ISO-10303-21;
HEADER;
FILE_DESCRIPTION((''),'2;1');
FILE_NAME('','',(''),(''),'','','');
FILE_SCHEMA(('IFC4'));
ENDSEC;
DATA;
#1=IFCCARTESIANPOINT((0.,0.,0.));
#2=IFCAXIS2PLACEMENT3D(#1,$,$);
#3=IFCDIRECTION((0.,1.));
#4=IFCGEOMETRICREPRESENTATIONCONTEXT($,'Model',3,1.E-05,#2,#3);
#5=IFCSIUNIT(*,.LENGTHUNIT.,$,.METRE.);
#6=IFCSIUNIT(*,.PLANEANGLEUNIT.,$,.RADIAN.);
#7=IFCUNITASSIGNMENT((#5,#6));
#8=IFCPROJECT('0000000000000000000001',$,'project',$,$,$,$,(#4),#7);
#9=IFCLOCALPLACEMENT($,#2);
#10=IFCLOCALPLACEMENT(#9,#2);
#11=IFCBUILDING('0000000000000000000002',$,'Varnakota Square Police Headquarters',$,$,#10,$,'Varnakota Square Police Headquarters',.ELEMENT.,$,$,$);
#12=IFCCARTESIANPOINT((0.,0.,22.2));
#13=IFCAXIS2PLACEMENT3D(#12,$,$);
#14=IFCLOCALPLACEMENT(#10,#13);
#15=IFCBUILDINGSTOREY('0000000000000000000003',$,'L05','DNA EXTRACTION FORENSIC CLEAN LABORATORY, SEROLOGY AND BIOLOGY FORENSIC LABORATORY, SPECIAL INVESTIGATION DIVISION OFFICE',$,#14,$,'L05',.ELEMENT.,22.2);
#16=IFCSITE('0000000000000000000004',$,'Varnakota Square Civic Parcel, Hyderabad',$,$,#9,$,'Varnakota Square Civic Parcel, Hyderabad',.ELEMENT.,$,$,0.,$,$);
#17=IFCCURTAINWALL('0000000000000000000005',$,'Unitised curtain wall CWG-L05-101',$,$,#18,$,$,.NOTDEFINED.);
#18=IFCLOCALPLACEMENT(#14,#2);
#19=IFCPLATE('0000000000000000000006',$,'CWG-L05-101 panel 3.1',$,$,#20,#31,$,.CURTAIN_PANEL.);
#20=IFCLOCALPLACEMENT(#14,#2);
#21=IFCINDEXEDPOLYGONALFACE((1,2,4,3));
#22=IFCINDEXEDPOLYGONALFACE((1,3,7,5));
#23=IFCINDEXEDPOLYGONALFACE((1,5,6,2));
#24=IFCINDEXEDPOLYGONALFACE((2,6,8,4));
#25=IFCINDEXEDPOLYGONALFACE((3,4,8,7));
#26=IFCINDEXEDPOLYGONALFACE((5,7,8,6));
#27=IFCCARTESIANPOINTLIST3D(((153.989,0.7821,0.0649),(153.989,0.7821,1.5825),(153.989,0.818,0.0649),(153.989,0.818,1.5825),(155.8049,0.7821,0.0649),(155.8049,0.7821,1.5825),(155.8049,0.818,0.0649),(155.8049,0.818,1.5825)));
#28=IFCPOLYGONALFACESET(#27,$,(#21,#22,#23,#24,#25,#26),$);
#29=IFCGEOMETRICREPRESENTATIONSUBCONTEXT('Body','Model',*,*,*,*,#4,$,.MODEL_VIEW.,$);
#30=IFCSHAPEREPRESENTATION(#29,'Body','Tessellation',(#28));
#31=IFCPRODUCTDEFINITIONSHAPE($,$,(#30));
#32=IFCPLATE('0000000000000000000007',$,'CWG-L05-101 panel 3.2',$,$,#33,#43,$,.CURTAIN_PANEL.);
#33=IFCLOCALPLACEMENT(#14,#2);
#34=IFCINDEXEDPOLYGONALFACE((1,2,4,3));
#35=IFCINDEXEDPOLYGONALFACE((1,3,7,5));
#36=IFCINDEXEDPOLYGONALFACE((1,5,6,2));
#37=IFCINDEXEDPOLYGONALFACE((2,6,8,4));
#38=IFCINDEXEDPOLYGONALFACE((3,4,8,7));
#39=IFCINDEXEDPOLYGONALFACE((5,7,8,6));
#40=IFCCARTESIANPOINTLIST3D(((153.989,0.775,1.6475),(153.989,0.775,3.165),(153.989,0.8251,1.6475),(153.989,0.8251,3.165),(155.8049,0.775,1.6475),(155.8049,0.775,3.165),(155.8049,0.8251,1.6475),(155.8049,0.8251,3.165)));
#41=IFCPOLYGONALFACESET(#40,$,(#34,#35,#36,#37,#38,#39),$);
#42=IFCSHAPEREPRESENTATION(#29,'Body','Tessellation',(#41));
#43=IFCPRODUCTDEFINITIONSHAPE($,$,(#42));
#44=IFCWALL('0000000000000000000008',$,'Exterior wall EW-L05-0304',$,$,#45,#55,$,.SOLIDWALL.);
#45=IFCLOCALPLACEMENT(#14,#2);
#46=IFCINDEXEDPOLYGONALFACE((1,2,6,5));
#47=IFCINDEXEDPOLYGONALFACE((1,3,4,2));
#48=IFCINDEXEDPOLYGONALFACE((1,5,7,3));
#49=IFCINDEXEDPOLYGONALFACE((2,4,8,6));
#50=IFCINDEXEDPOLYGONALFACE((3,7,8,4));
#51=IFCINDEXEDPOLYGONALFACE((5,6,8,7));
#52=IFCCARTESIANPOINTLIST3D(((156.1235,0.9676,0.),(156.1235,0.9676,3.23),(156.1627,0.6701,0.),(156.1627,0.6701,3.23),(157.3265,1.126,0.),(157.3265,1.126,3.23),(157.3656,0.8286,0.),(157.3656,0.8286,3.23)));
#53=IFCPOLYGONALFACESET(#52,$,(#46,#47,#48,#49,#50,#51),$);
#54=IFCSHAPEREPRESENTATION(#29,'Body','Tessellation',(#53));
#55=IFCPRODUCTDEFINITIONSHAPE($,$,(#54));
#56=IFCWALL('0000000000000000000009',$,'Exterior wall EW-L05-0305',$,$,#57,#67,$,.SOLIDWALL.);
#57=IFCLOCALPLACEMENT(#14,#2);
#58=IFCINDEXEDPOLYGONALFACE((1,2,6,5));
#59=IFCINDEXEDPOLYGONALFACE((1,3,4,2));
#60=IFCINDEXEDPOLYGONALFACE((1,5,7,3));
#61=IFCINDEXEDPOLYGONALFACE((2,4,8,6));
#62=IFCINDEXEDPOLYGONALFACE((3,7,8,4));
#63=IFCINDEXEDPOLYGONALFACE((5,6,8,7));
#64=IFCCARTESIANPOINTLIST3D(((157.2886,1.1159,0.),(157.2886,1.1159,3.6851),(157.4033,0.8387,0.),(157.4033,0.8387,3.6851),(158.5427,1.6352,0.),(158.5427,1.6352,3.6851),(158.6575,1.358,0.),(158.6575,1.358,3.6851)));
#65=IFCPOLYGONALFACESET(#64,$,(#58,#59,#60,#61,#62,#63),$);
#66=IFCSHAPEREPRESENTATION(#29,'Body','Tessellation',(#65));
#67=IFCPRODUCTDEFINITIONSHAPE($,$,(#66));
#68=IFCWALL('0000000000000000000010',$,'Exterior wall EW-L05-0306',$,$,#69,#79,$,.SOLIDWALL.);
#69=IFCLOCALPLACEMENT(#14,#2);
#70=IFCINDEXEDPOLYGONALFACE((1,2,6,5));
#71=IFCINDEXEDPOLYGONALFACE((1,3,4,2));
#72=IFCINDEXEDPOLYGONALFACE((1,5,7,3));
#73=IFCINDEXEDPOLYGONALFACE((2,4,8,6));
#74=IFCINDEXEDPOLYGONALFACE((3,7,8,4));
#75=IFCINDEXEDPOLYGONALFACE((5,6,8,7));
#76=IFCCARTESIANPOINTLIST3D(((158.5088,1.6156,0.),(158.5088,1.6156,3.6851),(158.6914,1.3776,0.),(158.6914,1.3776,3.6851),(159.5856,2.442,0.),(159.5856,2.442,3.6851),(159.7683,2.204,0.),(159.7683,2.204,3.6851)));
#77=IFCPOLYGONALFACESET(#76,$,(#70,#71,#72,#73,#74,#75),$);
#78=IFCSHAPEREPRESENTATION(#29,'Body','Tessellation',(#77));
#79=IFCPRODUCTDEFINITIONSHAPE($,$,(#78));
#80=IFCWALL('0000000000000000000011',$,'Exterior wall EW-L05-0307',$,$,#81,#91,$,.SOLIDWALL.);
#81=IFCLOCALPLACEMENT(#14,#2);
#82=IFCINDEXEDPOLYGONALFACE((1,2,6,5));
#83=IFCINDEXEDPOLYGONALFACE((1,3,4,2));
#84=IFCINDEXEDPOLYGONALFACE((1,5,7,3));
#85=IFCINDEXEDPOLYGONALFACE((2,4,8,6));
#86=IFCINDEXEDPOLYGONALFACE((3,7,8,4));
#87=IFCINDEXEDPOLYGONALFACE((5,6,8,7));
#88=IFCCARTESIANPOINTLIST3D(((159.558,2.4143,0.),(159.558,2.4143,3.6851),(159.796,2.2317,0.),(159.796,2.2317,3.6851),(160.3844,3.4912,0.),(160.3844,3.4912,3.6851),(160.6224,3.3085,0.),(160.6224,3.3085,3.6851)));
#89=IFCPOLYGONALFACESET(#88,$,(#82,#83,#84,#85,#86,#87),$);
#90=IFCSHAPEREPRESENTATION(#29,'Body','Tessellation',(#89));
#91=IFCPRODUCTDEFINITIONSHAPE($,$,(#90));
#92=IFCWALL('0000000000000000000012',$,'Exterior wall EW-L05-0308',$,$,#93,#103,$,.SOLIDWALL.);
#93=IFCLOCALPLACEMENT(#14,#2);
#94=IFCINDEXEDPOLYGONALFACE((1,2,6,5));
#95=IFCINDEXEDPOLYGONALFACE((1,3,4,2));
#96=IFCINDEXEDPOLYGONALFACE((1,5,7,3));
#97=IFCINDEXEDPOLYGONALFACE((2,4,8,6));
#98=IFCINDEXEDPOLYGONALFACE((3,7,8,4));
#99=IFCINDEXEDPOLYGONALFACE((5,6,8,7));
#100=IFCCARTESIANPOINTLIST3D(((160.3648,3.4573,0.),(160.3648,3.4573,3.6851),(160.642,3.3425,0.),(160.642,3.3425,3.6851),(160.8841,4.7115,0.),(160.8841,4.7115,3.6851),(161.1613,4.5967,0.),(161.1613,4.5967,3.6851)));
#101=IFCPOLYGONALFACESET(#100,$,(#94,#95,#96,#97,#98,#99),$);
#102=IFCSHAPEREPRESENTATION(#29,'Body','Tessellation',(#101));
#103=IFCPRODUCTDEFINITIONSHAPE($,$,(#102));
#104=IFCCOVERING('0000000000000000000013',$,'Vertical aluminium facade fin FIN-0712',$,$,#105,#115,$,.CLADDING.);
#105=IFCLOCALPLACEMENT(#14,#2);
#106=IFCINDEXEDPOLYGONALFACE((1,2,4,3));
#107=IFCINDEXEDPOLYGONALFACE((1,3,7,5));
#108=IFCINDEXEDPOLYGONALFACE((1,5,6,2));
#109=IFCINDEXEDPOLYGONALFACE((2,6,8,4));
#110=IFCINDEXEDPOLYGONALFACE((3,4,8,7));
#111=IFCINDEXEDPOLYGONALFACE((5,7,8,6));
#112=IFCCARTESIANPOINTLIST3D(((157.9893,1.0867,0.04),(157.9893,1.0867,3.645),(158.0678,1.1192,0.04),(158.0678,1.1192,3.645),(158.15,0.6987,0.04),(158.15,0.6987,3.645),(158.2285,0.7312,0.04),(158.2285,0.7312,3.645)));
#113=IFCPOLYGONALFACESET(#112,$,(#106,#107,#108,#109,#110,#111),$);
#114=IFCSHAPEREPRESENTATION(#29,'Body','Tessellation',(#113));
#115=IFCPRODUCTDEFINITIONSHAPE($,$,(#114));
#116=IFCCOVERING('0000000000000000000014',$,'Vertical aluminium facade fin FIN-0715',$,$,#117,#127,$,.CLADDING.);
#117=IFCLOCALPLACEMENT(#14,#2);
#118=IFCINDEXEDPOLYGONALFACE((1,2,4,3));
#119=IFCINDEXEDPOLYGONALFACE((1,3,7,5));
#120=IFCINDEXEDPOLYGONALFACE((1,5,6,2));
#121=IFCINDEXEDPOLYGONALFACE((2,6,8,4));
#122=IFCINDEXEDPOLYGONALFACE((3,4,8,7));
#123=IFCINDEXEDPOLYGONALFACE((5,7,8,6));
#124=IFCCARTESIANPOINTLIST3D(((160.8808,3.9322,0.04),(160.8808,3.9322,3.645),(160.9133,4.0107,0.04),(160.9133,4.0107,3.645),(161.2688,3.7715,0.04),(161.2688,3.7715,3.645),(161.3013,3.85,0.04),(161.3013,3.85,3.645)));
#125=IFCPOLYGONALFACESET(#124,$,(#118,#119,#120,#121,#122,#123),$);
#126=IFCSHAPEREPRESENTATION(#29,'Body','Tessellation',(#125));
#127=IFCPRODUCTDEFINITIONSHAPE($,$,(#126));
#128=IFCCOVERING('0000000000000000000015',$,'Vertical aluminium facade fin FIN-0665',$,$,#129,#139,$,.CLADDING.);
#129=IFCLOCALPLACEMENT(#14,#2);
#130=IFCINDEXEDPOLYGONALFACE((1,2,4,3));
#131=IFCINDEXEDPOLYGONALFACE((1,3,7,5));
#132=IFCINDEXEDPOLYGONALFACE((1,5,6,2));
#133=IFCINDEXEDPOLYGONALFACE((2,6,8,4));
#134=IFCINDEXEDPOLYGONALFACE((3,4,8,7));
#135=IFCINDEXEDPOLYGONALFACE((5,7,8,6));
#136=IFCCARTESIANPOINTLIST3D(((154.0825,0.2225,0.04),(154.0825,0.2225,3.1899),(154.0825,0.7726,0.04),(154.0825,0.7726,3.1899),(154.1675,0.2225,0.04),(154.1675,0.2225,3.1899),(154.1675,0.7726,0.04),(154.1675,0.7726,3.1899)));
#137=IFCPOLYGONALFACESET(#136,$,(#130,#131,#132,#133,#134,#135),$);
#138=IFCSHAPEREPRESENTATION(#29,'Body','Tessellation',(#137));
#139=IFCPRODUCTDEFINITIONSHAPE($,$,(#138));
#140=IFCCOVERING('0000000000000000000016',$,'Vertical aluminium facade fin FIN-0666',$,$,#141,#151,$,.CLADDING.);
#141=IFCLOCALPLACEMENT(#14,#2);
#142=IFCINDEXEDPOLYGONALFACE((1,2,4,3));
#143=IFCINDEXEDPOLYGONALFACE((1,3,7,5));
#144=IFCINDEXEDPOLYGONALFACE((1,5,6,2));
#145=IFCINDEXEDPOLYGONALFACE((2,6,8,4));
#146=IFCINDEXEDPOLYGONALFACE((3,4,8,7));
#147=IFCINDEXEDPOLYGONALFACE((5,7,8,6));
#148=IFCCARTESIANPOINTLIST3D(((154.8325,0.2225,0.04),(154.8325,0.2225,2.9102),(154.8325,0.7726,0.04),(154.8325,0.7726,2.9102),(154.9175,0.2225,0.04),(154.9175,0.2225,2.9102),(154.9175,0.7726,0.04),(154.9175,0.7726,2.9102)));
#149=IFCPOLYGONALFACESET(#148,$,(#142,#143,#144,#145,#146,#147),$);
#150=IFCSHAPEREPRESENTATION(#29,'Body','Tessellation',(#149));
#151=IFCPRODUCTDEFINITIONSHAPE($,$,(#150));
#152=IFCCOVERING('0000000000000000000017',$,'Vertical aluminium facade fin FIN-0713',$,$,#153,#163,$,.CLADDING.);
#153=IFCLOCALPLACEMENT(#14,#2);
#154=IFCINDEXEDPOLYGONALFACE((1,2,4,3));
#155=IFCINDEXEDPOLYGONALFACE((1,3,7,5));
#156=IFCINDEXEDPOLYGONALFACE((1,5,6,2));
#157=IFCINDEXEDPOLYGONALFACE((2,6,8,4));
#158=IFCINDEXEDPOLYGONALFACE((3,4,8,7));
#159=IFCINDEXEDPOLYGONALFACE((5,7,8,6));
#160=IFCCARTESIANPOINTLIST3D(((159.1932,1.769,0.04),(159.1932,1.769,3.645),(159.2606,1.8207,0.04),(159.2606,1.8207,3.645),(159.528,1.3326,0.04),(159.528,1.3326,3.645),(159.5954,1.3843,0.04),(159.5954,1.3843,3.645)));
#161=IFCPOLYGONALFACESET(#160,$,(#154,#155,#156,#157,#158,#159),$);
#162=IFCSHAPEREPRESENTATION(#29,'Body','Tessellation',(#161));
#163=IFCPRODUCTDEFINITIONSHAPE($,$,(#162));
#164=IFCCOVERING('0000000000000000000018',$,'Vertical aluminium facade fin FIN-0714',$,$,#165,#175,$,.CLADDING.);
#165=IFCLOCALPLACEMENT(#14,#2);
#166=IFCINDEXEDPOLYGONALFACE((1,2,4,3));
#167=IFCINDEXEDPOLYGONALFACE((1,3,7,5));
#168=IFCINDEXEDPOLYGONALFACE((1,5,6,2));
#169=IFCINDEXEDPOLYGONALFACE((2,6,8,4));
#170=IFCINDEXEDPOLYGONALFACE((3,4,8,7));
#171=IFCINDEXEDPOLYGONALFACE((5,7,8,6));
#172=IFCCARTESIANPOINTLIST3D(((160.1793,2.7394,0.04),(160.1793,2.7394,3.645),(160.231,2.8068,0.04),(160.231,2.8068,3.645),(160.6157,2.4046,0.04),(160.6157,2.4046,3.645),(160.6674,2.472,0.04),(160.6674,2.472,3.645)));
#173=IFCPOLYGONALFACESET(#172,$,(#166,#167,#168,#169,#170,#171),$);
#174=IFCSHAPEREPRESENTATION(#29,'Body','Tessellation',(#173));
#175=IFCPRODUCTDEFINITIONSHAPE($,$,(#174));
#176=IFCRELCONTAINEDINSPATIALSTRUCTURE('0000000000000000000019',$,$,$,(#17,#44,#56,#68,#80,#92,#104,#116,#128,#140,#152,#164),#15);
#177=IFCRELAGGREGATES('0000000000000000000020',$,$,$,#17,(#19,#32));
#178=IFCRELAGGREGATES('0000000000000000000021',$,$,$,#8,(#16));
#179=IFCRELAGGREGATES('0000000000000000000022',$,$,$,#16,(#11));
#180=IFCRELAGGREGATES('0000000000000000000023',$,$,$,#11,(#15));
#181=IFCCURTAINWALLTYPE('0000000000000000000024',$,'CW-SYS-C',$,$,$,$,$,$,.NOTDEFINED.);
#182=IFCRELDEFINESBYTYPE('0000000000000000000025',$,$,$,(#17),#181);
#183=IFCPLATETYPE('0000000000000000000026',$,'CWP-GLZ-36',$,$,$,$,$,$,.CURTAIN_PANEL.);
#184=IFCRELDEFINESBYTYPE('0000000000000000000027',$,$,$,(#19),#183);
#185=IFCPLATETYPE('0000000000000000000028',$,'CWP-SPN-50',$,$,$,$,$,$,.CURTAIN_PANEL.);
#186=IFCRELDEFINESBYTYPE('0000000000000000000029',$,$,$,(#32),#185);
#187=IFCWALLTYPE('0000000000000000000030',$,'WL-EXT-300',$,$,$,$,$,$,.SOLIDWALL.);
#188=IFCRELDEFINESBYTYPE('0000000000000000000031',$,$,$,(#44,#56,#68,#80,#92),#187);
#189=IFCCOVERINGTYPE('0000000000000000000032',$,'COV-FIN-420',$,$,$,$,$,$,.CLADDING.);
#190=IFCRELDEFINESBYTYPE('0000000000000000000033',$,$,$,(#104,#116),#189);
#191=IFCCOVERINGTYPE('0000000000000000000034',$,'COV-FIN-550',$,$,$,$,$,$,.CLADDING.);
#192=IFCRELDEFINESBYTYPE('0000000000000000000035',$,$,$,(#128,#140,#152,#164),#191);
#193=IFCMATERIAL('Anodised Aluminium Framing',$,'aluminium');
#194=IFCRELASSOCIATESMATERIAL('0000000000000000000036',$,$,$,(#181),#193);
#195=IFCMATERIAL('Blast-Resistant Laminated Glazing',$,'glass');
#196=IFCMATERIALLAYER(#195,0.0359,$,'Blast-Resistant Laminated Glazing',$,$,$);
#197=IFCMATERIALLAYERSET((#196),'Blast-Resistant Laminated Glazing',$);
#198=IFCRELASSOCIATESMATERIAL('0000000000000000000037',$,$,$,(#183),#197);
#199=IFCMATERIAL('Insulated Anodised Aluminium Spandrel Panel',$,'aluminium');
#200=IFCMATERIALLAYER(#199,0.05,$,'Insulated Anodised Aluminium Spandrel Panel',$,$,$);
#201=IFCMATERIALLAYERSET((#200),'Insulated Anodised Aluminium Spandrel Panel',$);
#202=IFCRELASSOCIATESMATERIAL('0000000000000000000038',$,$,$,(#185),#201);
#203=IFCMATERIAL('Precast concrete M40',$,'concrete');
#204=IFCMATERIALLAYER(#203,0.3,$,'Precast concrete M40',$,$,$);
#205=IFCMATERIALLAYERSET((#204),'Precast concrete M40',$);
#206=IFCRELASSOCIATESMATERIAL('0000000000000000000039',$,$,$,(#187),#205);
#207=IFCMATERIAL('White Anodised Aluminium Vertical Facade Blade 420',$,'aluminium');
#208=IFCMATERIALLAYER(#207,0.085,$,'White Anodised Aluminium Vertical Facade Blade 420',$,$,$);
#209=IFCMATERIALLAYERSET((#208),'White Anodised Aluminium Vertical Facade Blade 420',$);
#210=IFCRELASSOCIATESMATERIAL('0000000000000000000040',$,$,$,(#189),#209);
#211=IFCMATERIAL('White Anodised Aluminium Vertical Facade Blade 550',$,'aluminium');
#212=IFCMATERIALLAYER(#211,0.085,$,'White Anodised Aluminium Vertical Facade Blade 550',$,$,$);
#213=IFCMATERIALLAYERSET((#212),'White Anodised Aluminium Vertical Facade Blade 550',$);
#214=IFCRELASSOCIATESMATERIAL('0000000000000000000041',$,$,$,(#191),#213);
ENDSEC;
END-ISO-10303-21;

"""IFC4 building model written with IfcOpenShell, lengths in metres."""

from ifc_helpers import new_model, si_unit, direction, frame, frame_2d, origin, origin_2d, place, context, subcontext, project, spatial, rectangle, extrude, material, layer, layer_set, type_object, element, aggregate, save


model = new_model("IFC4")

# Units and contexts
model_context = context("Model", 3, precision=1e-05, world=origin(), true_north=direction((0.0, 1.0)))
body_context = subcontext(model_context, "Body", "Model", "MODEL_VIEW")
ifc_project = project(units=[si_unit("LENGTHUNIT", "METRE"), si_unit("PLANEANGLEUNIT", "RADIAN")], contexts=[model_context])

# Site, building, storey
site_placement = place(None, origin())
site = spatial("IfcSite", under=ifc_project, at=site_placement, Name="Varnakota Square Civic Parcel, Hyderabad", LongName="Varnakota Square Civic Parcel, Hyderabad", CompositionType="ELEMENT", RefElevation=0.0)
building_placement = place(site_placement, origin())
building = spatial("IfcBuilding", under=site, at=building_placement, Name="Varnakota Square Police Headquarters", LongName="Varnakota Square Police Headquarters", CompositionType="ELEMENT")
storey_placement = place(building_placement, frame((0.0, 0.0, 22.2)))
storey = spatial("IfcBuildingStorey", under=building, at=storey_placement, Name="L05", Description="DNA EXTRACTION FORENSIC CLEAN LABORATORY, SEROLOGY AND BIOLOGY FORENSIC LABORATORY, SPECIAL INVESTIGATION DIVISION OFFICE", LongName="L05", CompositionType="ELEMENT", Elevation=22.2)

# Curtain wall, plates
ifc_material_1 = material(Name="Anodised Aluminium Framing", Category="aluminium")
curtain_wall_type = type_object("IfcCurtainWallType", Name="CW-SYS-C", PredefinedType="NOTDEFINED", material=ifc_material_1)
curtain_wall_placement = place(storey_placement, origin())
curtain_wall = element("IfcCurtainWall", 1, at=curtain_wall_placement, inside=storey, type_object=curtain_wall_type, Name="Unitised curtain wall CWG-L05-101", PredefinedType="NOTDEFINED")
ifc_material_2 = material(Name="Blast-Resistant Laminated Glazing", Category="glass")
ifc_layer_1 = layer(ifc_material_2, 0.0359, Name="Blast-Resistant Laminated Glazing")
ifc_layer_set_1 = layer_set([ifc_layer_1], Name="Blast-Resistant Laminated Glazing")
plate_type_1 = type_object("IfcPlateType", Name="CWP-GLZ-36", PredefinedType="CURTAIN_PANEL", material=ifc_layer_set_1)
plate_1_placement = place(storey_placement, frame((154.897, 0.8, 0.0649), z_axis=(0.0, 0.0, 1.0), x_axis=(1.0, 0.0, 0.0)))
plate_1 = element("IfcPlate", 2, at=plate_1_placement, type_object=plate_type_1, Name="CWG-L05-101 panel 3.1", PredefinedType="CURTAIN_PANEL", context=body_context, shape_type="SweptSolid", body=[
    extrude(rectangle(XDim=1.8159, YDim=0.0359, at=origin_2d()), origin(), (0.0, 0.0, 1.0), 1.5176),
])
ifc_material_3 = material(Name="Insulated Anodised Aluminium Spandrel Panel", Category="aluminium")
ifc_layer_2 = layer(ifc_material_3, 0.05, Name="Insulated Anodised Aluminium Spandrel Panel")
ifc_layer_set_2 = layer_set([ifc_layer_2], Name="Insulated Anodised Aluminium Spandrel Panel")
plate_type_2 = type_object("IfcPlateType", Name="CWP-SPN-50", PredefinedType="CURTAIN_PANEL", material=ifc_layer_set_2)
plate_2_placement = place(storey_placement, frame((154.897, 0.8, 1.6475), z_axis=(0.0, 0.0, 1.0), x_axis=(1.0, 0.0, 0.0)))
plate_2 = element("IfcPlate", 3, at=plate_2_placement, type_object=plate_type_2, Name="CWG-L05-101 panel 3.2", PredefinedType="CURTAIN_PANEL", context=body_context, shape_type="SweptSolid", body=[
    extrude(rectangle(XDim=1.8159, YDim=0.05, at=origin_2d()), origin(), (0.0, 0.0, 1.0), 1.5176),
])
aggregate(curtain_wall, [plate_1, plate_2])

# Walls
ifc_material_4 = material(Name="Precast concrete M40", Category="concrete")
ifc_layer_3 = layer(ifc_material_4, 0.3, Name="Precast concrete M40")
ifc_layer_set_3 = layer_set([ifc_layer_3], Name="Precast concrete M40")
wall_type = type_object("IfcWallType", Name="WL-EXT-300", PredefinedType="SOLIDWALL", material=ifc_layer_set_3)
wall_placement = place(storey_placement, frame((156.1431, 0.8188, 0.0), z_axis=(0.0, 0.0, 1.0), x_axis=(0.991436, 0.130595, 0.0)))
element("IfcWall", 4, at=wall_placement, inside=storey, type_object=wall_type, Name="Exterior wall EW-L05-0304", PredefinedType="SOLIDWALL", context=body_context, shape_type="SweptSolid", body=[
    extrude(rectangle(XDim=1.2134, YDim=0.3, at=frame_2d((0.6067, 0.0))), origin(), (0.0, 0.0, 1.0), 3.23),
])
for number, where, z_axis, x_axis, name in (
    (5, (157.3459, 0.9773, 0.0), (0.0, 0.0, 1.0), (0.923931, 0.382558, 0.0), "Exterior wall EW-L05-0305"),
    (6, (158.6001, 1.4966, 0.0), (0.0, 0.0, 1.0), (0.793325, 0.608798, 0.0), "Exterior wall EW-L05-0306"),
    (7, (159.677, 2.323, 0.0), (0.0, 0.0, 1.0), (0.608798, 0.793325, 0.0), "Exterior wall EW-L05-0307"),
    (8, (160.5034, 3.3999, 0.0), (0.0, 0.0, 1.0), (0.382558, 0.923931, 0.0), "Exterior wall EW-L05-0308"),
):
    element("IfcWall", number, at=place(storey_placement, frame(where, z_axis=z_axis, x_axis=x_axis)), inside=storey, type_object=wall_type, Name=name, PredefinedType="SOLIDWALL", context=body_context, shape_type="SweptSolid", body=[
        extrude(rectangle(XDim=1.3574, YDim=0.3, at=frame_2d((0.6787, 0.0))), origin(), (0.0, 0.0, 1.0), 3.6851),
    ])

# Coverings
ifc_material_5 = material(Name="White Anodised Aluminium Vertical Facade Blade 420", Category="aluminium")
ifc_layer_4 = layer(ifc_material_5, 0.085, Name="White Anodised Aluminium Vertical Facade Blade 420")
ifc_layer_set_4 = layer_set([ifc_layer_4], Name="White Anodised Aluminium Vertical Facade Blade 420")
covering_type_1 = type_object("IfcCoveringType", Name="COV-FIN-420", PredefinedType="CLADDING", material=ifc_layer_set_4)
for number, where, z_axis, x_axis, name in (
    (9, (158.1089, 0.9089, 0.04), (0.0, 0.0, 1.0), (0.92388, 0.382683, 0.0), "Vertical aluminium facade fin FIN-0712"),
    (10, (161.0911, 3.8911, 0.04), (0.0, 0.0, 1.0), (0.382683, 0.92388, 0.0), "Vertical aluminium facade fin FIN-0715"),
):
    element("IfcCovering", number, at=place(storey_placement, frame(where, z_axis=z_axis, x_axis=x_axis)), inside=storey, type_object=covering_type_1, Name=name, PredefinedType="CLADDING", context=body_context, shape_type="SweptSolid", body=[
        extrude(rectangle(XDim=0.085, YDim=0.4199, at=origin_2d()), origin(), (0.0, 0.0, 1.0), 3.605),
    ])
ifc_material_6 = material(Name="White Anodised Aluminium Vertical Facade Blade 550", Category="aluminium")
ifc_layer_5 = layer(ifc_material_6, 0.085, Name="White Anodised Aluminium Vertical Facade Blade 550")
ifc_layer_set_5 = layer_set([ifc_layer_5], Name="White Anodised Aluminium Vertical Facade Blade 550")
covering_type_2 = type_object("IfcCoveringType", Name="COV-FIN-550", PredefinedType="CLADDING", material=ifc_layer_set_5)
covering_1_placement = place(storey_placement, frame((154.125, 0.4976, 0.04), z_axis=(0.0, 0.0, 1.0), x_axis=(1.0, 0.0, 0.0)))
element("IfcCovering", 11, at=covering_1_placement, inside=storey, type_object=covering_type_2, Name="Vertical aluminium facade fin FIN-0665", PredefinedType="CLADDING", context=body_context, shape_type="SweptSolid", body=[
    extrude(rectangle(XDim=0.085, YDim=0.55, at=origin_2d()), origin(), (0.0, 0.0, 1.0), 3.1499),
])
covering_2_placement = place(storey_placement, frame((154.875, 0.4976, 0.04), z_axis=(0.0, 0.0, 1.0), x_axis=(1.0, 0.0, 0.0)))
element("IfcCovering", 12, at=covering_2_placement, inside=storey, type_object=covering_type_2, Name="Vertical aluminium facade fin FIN-0666", PredefinedType="CLADDING", context=body_context, shape_type="SweptSolid", body=[
    extrude(rectangle(XDim=0.085, YDim=0.55, at=origin_2d()), origin(), (0.0, 0.0, 1.0), 2.8701),
])
for number, where, z_axis, x_axis, name in (
    (13, (159.3943, 1.5767, 0.04), (0.0, 0.0, 1.0), (0.793353, 0.608761, 0.0), "Vertical aluminium facade fin FIN-0713"),
    (14, (160.4233, 2.6057, 0.04), (0.0, 0.0, 1.0), (0.608761, 0.793353, 0.0), "Vertical aluminium facade fin FIN-0714"),
):
    element("IfcCovering", number, at=place(storey_placement, frame(where, z_axis=z_axis, x_axis=x_axis)), inside=storey, type_object=covering_type_2, Name=name, PredefinedType="CLADDING", context=body_context, shape_type="SweptSolid", body=[
        extrude(rectangle(XDim=0.085, YDim=0.55, at=origin_2d()), origin(), (0.0, 0.0, 1.0), 3.605),
    ])

save(model, "model.ifc")
